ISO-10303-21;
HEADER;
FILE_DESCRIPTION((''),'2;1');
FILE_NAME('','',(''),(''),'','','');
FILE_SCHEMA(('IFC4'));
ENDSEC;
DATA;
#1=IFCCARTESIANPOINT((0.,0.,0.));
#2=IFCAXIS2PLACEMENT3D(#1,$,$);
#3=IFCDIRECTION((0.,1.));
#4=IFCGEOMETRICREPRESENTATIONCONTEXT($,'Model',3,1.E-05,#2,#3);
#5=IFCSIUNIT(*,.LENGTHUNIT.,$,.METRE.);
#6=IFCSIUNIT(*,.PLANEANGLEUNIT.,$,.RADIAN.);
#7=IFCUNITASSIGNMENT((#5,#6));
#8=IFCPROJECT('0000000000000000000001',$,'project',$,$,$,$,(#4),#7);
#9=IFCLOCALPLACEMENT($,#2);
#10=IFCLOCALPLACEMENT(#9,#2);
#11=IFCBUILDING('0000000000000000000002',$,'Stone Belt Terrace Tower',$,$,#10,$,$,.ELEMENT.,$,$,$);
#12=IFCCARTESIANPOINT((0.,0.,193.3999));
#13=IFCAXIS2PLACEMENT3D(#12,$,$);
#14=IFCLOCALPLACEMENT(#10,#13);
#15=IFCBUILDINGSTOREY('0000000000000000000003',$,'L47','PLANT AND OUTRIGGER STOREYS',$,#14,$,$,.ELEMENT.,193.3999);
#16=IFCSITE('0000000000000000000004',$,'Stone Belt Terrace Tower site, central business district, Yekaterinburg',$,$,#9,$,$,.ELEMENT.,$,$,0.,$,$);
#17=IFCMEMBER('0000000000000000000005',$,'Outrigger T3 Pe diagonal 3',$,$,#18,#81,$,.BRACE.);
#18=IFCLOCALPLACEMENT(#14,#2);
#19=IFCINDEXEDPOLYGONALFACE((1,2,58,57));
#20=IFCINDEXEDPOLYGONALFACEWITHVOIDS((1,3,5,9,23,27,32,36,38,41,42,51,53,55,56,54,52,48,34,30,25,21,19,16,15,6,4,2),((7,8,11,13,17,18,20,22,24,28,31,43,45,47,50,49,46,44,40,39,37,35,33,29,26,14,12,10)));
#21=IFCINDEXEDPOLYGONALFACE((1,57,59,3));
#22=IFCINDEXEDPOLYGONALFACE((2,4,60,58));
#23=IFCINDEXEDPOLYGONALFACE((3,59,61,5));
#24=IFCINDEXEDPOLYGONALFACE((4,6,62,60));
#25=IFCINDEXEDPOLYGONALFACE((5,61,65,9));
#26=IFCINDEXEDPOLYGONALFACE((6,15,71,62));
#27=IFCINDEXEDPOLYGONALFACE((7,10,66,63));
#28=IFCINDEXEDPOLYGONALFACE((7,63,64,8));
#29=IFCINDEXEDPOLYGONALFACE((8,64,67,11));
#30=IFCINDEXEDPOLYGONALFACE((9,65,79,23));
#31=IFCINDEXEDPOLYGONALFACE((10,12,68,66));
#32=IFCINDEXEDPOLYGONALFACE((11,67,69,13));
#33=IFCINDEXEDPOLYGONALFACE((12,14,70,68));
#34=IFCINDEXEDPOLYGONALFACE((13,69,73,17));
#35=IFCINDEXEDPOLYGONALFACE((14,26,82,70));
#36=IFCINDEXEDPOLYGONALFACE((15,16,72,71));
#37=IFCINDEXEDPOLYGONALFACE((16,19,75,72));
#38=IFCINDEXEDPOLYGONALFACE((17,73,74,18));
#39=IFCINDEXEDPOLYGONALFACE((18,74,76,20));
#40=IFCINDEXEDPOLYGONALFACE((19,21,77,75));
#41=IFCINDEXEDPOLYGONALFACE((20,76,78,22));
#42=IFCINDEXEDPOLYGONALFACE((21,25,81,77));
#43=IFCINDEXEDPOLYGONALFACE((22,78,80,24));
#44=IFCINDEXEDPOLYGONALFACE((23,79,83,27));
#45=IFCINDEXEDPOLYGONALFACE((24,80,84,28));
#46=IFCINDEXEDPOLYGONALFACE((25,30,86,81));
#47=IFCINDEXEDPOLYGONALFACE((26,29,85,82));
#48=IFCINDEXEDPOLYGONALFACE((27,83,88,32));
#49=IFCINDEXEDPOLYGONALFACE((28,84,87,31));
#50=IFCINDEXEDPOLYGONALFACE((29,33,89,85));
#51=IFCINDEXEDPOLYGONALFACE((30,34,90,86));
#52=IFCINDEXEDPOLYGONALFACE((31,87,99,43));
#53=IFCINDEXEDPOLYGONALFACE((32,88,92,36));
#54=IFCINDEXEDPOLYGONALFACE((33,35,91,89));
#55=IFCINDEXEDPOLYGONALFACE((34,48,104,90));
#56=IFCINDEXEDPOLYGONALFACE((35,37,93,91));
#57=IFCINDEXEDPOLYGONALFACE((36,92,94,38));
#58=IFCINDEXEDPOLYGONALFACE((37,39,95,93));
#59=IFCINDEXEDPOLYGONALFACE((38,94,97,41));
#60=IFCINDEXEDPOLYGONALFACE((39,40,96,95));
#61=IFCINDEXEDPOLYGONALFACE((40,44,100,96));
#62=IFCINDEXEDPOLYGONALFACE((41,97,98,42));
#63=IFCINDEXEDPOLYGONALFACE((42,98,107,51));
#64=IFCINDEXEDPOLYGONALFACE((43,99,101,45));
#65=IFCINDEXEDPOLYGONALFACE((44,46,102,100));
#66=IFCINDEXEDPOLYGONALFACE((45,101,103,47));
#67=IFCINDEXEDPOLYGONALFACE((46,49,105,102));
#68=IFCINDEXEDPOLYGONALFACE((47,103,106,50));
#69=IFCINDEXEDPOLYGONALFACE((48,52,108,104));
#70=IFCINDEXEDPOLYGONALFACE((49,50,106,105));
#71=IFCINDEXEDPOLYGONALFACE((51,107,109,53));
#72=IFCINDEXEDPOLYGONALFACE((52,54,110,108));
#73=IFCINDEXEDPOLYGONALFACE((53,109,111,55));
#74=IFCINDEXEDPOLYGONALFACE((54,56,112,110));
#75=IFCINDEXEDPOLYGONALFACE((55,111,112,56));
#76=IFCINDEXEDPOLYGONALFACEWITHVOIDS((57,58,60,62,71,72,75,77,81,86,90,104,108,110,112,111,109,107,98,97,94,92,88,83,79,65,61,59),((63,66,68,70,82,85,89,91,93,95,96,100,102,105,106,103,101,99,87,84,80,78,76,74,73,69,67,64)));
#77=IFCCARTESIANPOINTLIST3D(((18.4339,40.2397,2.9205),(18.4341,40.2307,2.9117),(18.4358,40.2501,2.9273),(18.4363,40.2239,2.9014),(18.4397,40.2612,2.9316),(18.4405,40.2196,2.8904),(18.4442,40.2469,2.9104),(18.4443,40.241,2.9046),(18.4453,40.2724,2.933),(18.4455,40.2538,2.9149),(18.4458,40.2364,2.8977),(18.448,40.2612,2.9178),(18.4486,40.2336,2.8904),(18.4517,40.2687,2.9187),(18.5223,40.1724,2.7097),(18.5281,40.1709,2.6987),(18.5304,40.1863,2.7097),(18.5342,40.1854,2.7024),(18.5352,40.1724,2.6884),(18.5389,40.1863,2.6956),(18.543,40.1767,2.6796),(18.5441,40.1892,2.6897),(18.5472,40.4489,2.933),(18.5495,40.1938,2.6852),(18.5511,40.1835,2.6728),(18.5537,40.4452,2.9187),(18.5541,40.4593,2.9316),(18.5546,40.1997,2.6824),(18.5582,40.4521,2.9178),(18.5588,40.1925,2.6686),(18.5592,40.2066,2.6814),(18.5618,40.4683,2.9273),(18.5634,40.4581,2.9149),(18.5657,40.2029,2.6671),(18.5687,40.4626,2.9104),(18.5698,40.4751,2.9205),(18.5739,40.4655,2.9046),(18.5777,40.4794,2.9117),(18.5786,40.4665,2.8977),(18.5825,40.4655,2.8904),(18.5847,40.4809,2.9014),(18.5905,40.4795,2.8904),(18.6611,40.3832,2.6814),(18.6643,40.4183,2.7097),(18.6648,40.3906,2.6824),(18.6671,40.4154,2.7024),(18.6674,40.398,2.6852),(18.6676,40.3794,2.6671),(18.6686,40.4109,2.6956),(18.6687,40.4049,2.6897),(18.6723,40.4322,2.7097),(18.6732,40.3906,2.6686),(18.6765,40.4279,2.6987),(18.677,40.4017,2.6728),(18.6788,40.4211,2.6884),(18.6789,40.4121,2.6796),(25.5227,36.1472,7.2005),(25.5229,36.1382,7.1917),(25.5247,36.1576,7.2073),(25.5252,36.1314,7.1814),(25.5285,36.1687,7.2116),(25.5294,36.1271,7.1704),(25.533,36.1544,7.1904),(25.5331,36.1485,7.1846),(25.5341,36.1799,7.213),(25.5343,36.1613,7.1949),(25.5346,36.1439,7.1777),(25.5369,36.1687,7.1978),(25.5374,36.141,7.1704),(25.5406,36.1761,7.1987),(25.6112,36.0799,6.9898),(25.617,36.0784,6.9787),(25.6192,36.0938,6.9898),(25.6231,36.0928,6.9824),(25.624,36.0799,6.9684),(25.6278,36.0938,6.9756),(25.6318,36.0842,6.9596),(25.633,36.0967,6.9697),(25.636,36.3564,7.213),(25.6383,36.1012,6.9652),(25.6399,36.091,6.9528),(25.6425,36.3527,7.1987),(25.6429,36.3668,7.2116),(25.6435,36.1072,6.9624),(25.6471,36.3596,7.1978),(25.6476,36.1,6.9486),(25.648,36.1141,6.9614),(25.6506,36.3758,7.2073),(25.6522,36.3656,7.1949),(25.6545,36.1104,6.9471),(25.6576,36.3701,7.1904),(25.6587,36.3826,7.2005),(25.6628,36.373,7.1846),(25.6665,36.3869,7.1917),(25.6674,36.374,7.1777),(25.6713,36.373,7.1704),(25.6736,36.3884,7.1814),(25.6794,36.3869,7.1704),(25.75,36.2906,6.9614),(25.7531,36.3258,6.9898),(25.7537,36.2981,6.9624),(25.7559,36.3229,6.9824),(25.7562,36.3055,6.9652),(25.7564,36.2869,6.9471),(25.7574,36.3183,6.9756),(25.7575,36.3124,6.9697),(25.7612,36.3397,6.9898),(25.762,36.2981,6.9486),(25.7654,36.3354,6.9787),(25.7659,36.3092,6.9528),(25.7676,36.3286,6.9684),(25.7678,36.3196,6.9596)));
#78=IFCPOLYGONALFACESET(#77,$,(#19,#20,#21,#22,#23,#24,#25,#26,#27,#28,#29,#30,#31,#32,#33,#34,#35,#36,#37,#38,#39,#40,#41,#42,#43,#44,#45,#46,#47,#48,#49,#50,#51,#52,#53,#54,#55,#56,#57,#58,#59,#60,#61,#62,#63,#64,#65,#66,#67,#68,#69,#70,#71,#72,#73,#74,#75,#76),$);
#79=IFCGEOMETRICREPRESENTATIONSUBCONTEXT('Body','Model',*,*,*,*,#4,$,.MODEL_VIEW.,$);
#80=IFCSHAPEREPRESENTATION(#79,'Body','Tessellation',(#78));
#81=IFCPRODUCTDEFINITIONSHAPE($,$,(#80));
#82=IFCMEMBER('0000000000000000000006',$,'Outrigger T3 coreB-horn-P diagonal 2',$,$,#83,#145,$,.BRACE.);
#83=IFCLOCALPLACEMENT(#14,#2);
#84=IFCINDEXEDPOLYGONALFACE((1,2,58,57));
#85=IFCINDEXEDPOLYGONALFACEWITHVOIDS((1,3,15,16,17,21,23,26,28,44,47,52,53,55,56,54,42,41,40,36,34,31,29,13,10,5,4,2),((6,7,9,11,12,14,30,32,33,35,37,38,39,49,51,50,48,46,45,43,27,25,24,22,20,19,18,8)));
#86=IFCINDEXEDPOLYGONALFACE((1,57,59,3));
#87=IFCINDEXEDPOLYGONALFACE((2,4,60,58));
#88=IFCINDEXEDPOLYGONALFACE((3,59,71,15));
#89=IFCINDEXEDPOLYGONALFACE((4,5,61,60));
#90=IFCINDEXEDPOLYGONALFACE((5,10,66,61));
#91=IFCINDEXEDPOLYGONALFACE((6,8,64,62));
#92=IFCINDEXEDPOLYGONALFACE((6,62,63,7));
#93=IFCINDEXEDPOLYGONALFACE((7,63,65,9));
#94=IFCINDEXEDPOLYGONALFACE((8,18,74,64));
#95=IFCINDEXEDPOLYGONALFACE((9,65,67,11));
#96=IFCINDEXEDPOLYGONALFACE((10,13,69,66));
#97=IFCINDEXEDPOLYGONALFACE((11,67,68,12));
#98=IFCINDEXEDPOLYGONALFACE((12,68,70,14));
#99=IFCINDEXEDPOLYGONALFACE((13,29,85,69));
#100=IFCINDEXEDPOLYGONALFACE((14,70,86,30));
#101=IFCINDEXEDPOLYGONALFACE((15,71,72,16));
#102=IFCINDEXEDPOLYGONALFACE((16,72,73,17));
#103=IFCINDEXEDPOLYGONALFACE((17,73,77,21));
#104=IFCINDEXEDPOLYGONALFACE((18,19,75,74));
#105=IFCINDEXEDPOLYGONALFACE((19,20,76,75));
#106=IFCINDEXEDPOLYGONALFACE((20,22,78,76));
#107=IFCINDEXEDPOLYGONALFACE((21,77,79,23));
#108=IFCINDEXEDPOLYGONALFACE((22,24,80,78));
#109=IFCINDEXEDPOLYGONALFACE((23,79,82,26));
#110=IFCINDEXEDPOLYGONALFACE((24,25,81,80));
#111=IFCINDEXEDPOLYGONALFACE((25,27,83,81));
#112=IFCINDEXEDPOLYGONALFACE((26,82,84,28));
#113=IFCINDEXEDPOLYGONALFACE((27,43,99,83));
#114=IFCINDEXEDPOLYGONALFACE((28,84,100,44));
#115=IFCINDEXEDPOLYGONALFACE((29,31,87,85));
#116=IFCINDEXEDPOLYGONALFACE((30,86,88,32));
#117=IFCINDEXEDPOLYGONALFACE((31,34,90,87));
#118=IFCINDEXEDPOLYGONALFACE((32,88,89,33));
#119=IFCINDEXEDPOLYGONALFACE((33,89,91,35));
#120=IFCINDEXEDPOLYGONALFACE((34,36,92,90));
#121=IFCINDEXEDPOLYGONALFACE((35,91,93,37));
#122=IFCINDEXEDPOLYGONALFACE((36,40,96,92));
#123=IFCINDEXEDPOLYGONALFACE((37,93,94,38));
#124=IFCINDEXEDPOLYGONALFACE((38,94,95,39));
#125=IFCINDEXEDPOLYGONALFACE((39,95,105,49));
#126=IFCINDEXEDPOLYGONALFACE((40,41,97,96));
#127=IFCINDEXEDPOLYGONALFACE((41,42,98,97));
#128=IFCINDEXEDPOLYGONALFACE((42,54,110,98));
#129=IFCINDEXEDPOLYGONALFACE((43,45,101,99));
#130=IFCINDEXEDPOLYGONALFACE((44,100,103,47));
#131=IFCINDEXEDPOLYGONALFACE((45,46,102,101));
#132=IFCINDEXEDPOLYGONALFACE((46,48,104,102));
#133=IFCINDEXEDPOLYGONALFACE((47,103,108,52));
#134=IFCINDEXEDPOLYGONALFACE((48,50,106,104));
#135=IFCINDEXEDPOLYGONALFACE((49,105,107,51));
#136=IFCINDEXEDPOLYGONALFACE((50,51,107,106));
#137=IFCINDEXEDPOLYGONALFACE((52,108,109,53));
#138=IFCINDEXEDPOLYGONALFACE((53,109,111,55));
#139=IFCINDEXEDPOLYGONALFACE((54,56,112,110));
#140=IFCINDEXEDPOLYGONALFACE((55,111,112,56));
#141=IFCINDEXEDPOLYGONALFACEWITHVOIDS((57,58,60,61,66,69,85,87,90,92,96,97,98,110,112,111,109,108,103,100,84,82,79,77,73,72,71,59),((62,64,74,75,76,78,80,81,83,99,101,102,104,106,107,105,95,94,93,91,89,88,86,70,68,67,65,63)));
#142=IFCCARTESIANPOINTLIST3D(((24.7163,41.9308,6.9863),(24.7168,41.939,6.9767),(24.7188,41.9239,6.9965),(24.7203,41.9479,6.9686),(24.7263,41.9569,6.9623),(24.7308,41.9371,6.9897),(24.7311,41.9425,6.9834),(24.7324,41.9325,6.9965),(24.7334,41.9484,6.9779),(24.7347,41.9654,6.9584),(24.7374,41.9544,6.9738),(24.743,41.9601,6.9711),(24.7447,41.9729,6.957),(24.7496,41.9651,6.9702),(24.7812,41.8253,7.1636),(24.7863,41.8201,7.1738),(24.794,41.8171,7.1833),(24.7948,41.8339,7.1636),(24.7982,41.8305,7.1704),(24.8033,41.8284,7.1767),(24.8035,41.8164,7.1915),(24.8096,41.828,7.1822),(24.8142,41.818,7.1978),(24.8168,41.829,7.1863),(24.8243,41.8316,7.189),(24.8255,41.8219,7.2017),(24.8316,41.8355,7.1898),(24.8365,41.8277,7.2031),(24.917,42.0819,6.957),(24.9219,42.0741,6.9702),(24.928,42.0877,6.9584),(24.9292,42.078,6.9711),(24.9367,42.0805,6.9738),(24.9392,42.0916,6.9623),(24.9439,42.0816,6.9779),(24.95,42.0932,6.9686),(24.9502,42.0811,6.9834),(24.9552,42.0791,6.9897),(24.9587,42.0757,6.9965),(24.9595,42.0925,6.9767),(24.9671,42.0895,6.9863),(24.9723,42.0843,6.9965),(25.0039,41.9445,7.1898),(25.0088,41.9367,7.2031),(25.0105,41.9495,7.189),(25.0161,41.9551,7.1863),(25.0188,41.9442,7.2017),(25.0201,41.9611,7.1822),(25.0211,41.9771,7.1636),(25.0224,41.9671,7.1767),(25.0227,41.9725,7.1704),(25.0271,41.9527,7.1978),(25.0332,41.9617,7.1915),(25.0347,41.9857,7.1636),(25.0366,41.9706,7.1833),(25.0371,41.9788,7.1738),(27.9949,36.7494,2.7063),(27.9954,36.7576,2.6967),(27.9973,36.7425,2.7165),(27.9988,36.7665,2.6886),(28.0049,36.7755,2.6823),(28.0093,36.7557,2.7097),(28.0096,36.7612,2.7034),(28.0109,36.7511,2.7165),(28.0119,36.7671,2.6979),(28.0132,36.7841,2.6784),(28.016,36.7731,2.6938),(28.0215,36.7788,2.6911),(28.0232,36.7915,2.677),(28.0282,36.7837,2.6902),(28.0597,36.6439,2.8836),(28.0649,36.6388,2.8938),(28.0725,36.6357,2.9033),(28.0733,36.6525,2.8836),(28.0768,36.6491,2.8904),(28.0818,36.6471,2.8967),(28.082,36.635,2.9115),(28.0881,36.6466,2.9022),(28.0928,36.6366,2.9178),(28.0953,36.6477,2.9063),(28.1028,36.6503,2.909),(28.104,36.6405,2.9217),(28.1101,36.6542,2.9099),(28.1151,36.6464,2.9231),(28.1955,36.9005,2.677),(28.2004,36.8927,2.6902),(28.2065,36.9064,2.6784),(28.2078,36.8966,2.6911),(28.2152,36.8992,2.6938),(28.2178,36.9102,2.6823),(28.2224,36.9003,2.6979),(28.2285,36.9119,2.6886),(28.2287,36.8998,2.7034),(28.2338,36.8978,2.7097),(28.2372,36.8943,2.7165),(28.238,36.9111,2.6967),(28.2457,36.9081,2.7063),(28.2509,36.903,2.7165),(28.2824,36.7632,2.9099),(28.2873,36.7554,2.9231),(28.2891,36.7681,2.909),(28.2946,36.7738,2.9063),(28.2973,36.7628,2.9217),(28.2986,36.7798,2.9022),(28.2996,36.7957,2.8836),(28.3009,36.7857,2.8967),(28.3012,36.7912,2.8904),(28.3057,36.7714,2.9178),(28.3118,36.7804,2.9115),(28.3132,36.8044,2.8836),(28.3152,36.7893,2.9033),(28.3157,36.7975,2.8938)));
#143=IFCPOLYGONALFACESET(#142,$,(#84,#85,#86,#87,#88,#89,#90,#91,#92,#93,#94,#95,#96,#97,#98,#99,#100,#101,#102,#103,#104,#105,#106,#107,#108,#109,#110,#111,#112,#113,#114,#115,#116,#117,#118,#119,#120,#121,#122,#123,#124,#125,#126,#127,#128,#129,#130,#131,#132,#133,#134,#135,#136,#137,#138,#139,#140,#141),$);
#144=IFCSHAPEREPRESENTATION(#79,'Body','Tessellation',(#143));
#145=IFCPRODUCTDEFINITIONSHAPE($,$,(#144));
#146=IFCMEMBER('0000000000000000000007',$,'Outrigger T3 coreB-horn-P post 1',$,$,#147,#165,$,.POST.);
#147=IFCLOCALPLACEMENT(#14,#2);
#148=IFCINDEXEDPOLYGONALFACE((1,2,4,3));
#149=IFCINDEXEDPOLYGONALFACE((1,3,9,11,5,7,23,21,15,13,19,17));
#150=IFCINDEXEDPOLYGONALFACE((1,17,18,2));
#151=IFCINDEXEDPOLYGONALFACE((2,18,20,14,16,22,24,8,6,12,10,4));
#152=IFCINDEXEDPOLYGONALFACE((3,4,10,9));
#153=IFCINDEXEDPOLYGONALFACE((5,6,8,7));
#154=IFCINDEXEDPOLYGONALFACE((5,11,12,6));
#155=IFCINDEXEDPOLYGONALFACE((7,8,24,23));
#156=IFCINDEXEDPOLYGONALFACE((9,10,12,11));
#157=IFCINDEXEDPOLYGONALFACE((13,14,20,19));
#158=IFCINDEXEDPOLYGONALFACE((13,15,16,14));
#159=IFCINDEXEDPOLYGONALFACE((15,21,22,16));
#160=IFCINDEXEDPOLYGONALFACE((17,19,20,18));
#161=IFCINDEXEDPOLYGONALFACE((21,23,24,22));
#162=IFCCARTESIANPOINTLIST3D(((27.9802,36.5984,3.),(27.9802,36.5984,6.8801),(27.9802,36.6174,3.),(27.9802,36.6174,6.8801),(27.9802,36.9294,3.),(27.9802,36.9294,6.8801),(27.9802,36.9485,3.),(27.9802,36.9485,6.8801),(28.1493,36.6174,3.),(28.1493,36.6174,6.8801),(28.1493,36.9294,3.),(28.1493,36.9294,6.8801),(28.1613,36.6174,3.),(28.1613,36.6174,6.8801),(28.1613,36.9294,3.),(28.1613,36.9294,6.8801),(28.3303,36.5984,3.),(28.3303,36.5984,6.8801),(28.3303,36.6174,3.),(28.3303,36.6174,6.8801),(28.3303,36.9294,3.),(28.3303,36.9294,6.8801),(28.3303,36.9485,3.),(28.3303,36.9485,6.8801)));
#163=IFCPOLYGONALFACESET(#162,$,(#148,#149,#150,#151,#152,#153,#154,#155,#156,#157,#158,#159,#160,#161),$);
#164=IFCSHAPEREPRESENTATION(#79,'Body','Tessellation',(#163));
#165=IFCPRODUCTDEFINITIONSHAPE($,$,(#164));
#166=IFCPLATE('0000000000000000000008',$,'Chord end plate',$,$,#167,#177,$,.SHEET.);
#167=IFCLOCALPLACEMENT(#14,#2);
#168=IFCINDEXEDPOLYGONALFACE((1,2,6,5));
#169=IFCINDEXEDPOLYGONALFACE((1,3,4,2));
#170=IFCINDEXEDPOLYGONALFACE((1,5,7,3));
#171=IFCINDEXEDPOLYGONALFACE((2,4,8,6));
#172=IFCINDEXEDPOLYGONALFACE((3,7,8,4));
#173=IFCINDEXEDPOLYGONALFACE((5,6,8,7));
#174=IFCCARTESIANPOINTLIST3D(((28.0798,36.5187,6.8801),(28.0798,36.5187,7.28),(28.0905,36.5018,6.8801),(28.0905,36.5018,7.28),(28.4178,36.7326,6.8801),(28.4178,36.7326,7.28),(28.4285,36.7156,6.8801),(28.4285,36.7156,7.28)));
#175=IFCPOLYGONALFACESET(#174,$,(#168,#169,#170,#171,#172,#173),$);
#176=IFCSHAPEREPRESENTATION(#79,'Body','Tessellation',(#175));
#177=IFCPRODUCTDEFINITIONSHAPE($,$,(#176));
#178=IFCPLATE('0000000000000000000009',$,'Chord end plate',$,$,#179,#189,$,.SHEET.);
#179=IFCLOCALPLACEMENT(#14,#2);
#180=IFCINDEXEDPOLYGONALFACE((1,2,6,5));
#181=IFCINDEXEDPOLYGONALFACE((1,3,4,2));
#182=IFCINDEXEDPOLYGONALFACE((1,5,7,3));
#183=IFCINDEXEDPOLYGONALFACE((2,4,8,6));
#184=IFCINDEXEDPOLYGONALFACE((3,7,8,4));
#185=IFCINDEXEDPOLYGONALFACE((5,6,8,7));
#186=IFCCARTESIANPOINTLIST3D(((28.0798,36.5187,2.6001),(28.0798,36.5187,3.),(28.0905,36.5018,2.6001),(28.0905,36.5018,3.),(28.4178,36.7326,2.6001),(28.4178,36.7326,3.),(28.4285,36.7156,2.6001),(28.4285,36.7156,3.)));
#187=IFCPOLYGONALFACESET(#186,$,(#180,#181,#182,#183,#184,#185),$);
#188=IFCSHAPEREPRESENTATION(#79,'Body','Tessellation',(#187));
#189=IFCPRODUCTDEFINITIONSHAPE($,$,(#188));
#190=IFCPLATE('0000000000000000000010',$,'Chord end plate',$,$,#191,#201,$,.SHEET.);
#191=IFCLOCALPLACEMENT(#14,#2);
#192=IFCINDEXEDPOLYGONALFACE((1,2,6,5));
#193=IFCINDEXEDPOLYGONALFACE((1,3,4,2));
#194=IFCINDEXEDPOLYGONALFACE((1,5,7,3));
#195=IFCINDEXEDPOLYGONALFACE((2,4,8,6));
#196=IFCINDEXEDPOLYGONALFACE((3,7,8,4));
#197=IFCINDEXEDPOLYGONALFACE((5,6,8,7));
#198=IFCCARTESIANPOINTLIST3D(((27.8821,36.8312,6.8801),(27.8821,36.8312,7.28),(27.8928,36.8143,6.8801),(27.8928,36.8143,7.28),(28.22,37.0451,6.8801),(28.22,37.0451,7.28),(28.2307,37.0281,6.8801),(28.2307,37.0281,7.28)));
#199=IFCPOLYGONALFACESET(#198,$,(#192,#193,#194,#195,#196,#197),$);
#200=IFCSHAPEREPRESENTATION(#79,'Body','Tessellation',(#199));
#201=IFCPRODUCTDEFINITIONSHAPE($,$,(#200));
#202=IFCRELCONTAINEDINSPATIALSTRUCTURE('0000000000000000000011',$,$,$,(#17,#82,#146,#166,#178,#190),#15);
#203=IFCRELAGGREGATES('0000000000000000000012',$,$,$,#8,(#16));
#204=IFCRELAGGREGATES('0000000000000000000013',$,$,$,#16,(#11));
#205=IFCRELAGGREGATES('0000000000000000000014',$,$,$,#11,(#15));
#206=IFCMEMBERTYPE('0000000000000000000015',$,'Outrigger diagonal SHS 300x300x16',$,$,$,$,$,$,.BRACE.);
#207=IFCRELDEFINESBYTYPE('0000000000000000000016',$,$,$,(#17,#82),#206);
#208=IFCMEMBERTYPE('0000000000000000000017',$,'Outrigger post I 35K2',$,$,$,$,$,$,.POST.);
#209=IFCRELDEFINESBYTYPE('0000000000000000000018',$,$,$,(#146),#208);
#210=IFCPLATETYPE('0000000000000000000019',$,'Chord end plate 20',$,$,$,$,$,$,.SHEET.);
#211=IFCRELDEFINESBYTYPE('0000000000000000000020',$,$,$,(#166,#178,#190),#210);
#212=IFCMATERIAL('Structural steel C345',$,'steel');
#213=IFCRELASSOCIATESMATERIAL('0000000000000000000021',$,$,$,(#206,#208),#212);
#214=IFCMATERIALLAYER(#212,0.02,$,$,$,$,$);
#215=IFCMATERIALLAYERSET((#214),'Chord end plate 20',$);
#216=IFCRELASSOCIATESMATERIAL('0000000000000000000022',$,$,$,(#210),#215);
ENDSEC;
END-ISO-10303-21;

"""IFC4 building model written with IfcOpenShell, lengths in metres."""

from ifc_helpers import new_model, si_unit, direction, frame, origin, origin_2d, place, context, subcontext, project, spatial, rectangle, hollow_rectangle, i_section, extrude, material, layer, layer_set, material_profile, profile_set, type_object, element, save


model = new_model("IFC4")

# Units and contexts
model_context = context("Model", 3, precision=1e-05, world=origin(), true_north=direction((0.0, 1.0)))
body_context = subcontext(model_context, "Body", "Model", "MODEL_VIEW")
ifc_project = project(units=[si_unit("LENGTHUNIT", "METRE"), si_unit("PLANEANGLEUNIT", "RADIAN")], contexts=[model_context])

# Site, building, storey
site_placement = place(None, origin())
site = spatial("IfcSite", under=ifc_project, at=site_placement, Name="Stone Belt Terrace Tower site, central business district, Yekaterinburg", CompositionType="ELEMENT", RefElevation=0.0)
building_placement = place(site_placement, origin())
building = spatial("IfcBuilding", under=site, at=building_placement, Name="Stone Belt Terrace Tower", CompositionType="ELEMENT")
storey_placement = place(building_placement, frame((0.0, 0.0, 193.3999)))
storey = spatial("IfcBuildingStorey", under=building, at=storey_placement, Name="L47", Description="PLANT AND OUTRIGGER STOREYS", CompositionType="ELEMENT", Elevation=193.3999)

# Members
ifc_material_1 = material(Name="Structural steel C345", Category="steel")
ifc_material_profile_1 = material_profile(ifc_material_1, hollow_rectangle(XDim=0.3, YDim=0.3, WallThickness=0.0161, InnerFilletRadius=0.032, OuterFilletRadius=0.0481, at=origin_2d()), Name="SHS 300x300x16")
ifc_profile_set_1 = profile_set([ifc_material_profile_1], Name="Structural steel C345")
member_type_1 = type_object("IfcMemberType", Name="Outrigger diagonal SHS 300x300x16", PredefinedType="BRACE", material=ifc_profile_set_1)
member_1_placement = place(storey_placement, frame((25.6453, 36.2334, 7.0801), z_axis=(-0.767455, 0.443065, -0.463364), x_axis=(-0.499979, -0.866038, 0.0)))
element("IfcMember", 1, at=member_1_placement, inside=storey, type_object=member_type_1, Name="Outrigger T3 Pe diagonal 3", PredefinedType="BRACE", context=body_context, shape_type="SweptSolid", body=[
    extrude(hollow_rectangle(XDim=0.3, YDim=0.3, WallThickness=0.0161, InnerFilletRadius=0.032, OuterFilletRadius=0.0481, at=origin_2d()), origin(), (0.0, 0.0, 1.0), 9.2368),
])
member_2_placement = place(storey_placement, frame((28.1553, 36.7734, 2.8), z_axis=(-0.438451, 0.692922, 0.57238), x_axis=(-0.845039, -0.534704, 0.0)))
element("IfcMember", 2, at=member_2_placement, inside=storey, type_object=member_type_1, Name="Outrigger T3 coreB-horn-P diagonal 2", PredefinedType="BRACE", context=body_context, shape_type="SweptSolid", body=[
    extrude(hollow_rectangle(XDim=0.3, YDim=0.3, WallThickness=0.0161, InnerFilletRadius=0.032, OuterFilletRadius=0.0481, at=origin_2d()), origin(), (0.0, 0.0, 1.0), 7.4775),
])
ifc_material_profile_2 = material_profile(ifc_material_1, i_section(OverallWidth=0.3501, OverallDepth=0.3501, WebThickness=0.012, FlangeThickness=0.019, at=origin_2d()), Name="I 35K2")
ifc_profile_set_2 = profile_set([ifc_material_profile_2], Name="Structural steel C345")
member_type_2 = type_object("IfcMemberType", Name="Outrigger post I 35K2", PredefinedType="POST", material=ifc_profile_set_2)
member_3_placement = place(storey_placement, frame((28.1553, 36.7734, 3.0), z_axis=(0.0, 0.0, 1.0), x_axis=(1.0, 0.0, 0.0)))
element("IfcMember", 3, at=member_3_placement, inside=storey, type_object=member_type_2, Name="Outrigger T3 coreB-horn-P post 1", PredefinedType="POST", context=body_context, shape_type="SweptSolid", body=[
    extrude(i_section(OverallWidth=0.3501, OverallDepth=0.3501, WebThickness=0.012, FlangeThickness=0.019, at=origin_2d()), origin(), (0.0, 0.0, 1.0), 3.8801),
])

# Plates
ifc_layer_1 = layer(ifc_material_1, 0.02)
ifc_layer_set_1 = layer_set([ifc_layer_1], Name="Chord end plate 20")
plate_type = type_object("IfcPlateType", Name="Chord end plate 20", PredefinedType="SHEET", material=ifc_layer_set_1)
for number, where, z_axis, x_axis, name in (
    (4, (28.2542, 36.6172, 6.8801), (0.0, 0.0, 1.0), (-0.534731, 0.845022, 0.0), "Chord end plate"),
    (5, (28.2542, 36.6172, 2.6001), (0.0, 0.0, 1.0), (-0.534731, 0.845022, 0.0), "Chord end plate"),
    (6, (28.0564, 36.9297, 6.8801), (0.0, 0.0, 1.0), (0.534731, -0.845022, 0.0), "Chord end plate"),
):
    element("IfcPlate", number, at=place(storey_placement, frame(where, z_axis=z_axis, x_axis=x_axis)), inside=storey, type_object=plate_type, Name=name, PredefinedType="SHEET", context=body_context, shape_type="SweptSolid", body=[
        extrude(rectangle(XDim=0.02, YDim=0.3999, at=origin_2d()), origin(), (0.0, 0.0, 1.0), 0.3999),
    ])

save(model, "model.ifc")
